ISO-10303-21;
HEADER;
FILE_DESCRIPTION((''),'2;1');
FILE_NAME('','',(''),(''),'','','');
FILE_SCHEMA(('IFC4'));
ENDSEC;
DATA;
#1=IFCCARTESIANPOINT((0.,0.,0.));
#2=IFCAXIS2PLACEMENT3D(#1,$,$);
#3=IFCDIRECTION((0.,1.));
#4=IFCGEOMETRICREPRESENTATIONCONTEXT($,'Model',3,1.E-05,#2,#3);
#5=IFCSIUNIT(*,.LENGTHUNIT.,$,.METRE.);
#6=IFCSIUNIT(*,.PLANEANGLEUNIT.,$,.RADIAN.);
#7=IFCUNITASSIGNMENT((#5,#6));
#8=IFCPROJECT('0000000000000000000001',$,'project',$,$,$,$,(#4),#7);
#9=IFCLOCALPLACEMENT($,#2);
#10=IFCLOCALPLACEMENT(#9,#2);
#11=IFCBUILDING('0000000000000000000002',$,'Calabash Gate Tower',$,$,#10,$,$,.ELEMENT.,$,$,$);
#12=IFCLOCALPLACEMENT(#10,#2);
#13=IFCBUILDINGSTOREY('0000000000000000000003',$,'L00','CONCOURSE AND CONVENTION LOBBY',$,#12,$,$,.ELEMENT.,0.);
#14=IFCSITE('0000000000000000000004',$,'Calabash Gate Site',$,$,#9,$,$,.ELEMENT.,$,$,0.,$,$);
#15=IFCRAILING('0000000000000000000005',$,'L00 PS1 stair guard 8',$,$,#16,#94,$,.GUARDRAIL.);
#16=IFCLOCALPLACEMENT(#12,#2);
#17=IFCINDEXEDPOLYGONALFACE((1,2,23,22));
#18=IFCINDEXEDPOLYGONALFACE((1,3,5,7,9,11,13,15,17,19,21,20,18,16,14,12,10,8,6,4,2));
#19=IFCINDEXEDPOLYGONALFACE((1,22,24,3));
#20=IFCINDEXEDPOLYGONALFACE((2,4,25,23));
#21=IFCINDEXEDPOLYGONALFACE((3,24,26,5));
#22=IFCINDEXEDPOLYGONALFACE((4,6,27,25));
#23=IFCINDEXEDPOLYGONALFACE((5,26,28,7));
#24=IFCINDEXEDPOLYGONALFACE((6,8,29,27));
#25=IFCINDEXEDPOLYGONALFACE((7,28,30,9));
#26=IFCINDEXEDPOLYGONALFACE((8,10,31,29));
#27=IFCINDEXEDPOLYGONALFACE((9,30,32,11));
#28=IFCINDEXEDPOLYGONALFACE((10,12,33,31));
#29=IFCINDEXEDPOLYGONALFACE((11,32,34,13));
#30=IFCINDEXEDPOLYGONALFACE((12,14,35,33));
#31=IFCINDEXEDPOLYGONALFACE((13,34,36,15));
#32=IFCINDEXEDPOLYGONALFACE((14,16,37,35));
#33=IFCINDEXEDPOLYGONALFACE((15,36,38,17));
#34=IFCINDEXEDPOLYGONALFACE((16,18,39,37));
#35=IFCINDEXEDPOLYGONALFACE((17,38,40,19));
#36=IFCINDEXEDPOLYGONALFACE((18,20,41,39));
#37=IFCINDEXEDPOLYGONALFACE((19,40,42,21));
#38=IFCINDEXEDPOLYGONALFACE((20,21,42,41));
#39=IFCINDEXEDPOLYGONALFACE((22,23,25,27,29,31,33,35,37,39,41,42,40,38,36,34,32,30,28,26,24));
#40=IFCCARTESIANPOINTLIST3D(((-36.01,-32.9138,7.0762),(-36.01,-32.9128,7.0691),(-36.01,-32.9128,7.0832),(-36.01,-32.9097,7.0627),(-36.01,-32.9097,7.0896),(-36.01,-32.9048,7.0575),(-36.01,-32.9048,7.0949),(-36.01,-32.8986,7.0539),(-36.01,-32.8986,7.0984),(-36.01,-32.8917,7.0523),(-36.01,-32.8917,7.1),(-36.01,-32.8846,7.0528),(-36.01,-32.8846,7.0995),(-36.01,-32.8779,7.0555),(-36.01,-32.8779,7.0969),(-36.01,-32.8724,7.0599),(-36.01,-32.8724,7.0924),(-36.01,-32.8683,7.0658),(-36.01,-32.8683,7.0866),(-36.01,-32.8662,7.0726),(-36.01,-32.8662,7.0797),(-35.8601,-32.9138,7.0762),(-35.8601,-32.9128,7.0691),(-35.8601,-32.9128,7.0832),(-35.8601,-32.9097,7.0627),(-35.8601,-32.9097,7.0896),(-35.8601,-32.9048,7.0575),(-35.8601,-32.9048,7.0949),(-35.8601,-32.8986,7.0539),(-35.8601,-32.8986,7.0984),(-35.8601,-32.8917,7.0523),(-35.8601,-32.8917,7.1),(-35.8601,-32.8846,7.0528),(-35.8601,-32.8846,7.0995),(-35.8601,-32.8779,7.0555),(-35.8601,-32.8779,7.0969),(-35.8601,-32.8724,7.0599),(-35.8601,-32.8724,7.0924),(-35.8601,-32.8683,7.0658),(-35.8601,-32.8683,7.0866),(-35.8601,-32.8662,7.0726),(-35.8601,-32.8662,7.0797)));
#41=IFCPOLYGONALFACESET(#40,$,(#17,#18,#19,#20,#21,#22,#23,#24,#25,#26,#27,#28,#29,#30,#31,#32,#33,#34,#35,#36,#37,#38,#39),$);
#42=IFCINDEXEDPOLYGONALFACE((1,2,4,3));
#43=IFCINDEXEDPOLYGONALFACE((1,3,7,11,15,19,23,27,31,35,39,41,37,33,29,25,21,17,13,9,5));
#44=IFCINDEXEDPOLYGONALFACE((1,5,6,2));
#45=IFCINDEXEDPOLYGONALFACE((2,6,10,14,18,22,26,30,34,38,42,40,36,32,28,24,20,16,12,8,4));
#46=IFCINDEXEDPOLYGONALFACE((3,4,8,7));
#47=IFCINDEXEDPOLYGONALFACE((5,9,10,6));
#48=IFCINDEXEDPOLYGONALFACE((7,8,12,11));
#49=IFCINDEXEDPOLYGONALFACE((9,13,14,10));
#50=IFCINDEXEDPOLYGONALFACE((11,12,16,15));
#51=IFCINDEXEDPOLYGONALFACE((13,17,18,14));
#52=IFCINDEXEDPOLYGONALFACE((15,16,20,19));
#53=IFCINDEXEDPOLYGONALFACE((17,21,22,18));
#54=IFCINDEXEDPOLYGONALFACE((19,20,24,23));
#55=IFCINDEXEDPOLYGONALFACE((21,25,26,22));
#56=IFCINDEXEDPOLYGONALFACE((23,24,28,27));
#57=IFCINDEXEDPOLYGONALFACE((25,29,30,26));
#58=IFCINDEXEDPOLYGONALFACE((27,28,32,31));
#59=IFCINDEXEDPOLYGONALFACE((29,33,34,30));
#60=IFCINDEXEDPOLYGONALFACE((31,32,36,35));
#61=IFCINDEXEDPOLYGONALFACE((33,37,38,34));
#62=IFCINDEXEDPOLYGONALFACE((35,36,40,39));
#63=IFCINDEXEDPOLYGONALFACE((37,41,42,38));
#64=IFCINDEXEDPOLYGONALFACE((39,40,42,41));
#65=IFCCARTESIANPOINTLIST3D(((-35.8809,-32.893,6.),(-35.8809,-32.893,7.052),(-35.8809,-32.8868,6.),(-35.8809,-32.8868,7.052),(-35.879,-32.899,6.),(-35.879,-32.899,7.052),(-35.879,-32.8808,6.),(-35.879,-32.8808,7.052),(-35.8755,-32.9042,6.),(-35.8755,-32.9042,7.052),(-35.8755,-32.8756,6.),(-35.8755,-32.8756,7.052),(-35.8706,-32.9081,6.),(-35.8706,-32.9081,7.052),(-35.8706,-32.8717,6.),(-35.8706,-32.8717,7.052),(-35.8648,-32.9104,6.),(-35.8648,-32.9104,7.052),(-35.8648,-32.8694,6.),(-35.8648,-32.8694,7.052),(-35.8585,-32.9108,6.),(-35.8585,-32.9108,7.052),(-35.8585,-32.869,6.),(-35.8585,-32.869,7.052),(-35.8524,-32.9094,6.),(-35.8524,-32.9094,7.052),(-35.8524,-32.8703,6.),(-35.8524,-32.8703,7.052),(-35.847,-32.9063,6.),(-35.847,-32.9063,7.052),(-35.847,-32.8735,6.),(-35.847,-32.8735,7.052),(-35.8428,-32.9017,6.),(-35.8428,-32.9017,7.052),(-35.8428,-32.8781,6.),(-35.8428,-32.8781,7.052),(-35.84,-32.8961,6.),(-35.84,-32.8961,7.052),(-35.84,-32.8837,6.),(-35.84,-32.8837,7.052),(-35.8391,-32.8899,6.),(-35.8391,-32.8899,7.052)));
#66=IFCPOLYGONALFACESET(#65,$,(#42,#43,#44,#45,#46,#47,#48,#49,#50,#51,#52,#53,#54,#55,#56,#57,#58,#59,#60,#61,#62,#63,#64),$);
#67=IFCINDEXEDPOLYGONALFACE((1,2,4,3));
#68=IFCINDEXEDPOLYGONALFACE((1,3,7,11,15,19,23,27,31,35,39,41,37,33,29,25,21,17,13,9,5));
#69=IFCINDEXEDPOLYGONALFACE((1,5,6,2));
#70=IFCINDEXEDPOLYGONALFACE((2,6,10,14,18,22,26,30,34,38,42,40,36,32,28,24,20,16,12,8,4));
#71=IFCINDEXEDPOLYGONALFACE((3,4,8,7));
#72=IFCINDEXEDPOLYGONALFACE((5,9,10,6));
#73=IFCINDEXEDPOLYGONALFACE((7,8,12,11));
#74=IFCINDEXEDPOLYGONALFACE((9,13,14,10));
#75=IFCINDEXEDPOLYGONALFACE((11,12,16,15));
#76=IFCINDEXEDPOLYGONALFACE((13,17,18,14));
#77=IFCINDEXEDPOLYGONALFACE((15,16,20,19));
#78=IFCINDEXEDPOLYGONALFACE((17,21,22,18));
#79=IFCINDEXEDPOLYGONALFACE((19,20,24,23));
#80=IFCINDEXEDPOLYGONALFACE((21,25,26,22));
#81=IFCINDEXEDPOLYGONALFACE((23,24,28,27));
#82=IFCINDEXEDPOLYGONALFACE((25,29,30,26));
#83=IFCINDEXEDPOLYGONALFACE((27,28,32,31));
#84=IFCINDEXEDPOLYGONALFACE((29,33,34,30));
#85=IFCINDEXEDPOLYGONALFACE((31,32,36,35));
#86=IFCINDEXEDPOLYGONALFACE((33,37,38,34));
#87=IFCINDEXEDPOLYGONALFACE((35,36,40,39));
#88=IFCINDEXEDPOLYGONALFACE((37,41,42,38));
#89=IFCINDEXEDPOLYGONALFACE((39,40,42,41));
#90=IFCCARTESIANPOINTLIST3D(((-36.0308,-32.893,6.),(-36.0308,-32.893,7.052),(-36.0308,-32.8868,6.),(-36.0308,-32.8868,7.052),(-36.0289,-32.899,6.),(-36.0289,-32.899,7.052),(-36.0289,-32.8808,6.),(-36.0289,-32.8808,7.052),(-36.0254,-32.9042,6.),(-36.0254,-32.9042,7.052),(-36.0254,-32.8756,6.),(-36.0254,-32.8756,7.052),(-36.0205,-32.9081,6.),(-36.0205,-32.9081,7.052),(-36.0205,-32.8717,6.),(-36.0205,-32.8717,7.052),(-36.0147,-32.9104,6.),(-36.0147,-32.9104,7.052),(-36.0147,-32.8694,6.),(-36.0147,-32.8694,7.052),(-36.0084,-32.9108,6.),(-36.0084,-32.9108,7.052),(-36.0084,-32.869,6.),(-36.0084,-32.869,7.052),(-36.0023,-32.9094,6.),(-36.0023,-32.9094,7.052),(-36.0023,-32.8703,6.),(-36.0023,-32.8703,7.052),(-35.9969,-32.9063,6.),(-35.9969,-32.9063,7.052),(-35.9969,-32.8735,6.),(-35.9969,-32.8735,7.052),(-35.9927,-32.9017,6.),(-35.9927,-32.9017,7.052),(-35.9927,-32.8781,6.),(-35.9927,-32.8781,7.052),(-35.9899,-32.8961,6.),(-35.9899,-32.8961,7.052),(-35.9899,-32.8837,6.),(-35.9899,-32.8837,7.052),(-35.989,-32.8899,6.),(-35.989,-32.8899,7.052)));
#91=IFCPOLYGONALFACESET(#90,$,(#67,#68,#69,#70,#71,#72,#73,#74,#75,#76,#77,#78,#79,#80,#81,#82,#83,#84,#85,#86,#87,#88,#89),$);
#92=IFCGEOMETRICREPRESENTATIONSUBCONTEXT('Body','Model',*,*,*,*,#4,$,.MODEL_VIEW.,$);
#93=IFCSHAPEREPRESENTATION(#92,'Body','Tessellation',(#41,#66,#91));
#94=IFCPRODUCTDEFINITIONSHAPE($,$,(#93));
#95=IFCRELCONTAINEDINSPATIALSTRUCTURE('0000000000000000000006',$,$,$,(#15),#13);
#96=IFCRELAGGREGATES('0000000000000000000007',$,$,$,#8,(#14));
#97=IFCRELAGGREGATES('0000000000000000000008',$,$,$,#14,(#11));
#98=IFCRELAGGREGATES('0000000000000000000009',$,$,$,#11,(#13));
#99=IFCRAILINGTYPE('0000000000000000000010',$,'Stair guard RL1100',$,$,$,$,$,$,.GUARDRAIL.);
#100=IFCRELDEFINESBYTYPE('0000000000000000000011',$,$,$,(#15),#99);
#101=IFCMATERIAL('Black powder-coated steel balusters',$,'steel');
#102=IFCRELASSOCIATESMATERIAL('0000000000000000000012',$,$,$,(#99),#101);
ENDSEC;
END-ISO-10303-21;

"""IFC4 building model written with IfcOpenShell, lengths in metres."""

from ifc_helpers import new_model, si_unit, direction, frame, origin, origin_2d, place, context, subcontext, project, spatial, circle, extrude, material, type_object, element, save


model = new_model("IFC4")

# Units and contexts
model_context = context("Model", 3, precision=1e-05, world=origin(), true_north=direction((0.0, 1.0)))
body_context = subcontext(model_context, "Body", "Model", "MODEL_VIEW")
ifc_project = project(units=[si_unit("LENGTHUNIT", "METRE"), si_unit("PLANEANGLEUNIT", "RADIAN")], contexts=[model_context])

# Site, building, storey
site_placement = place(None, origin())
site = spatial("IfcSite", under=ifc_project, at=site_placement, Name="Calabash Gate Site", CompositionType="ELEMENT", RefElevation=0.0)
building_placement = place(site_placement, origin())
building = spatial("IfcBuilding", under=site, at=building_placement, Name="Calabash Gate Tower", CompositionType="ELEMENT")
storey_placement = place(building_placement, origin())
storey = spatial("IfcBuildingStorey", under=building, at=storey_placement, Name="L00", Description="CONCOURSE AND CONVENTION LOBBY", CompositionType="ELEMENT", Elevation=0.0)

# Railing
ifc_material_1 = material(Name="Black powder-coated steel balusters", Category="steel")
railing_type_1 = type_object("IfcRailingType", Name="Stair guard RL1100", PredefinedType="GUARDRAIL", material=ifc_material_1)
railing_1_placement = place(storey_placement, frame((-35.8601, -32.8899, 6.0)))
element("IfcRailing", 1, at=railing_1_placement, inside=storey, type_object=railing_type_1, Name="L00 PS1 stair guard 8", PredefinedType="GUARDRAIL", context=body_context, shape_type="SweptSolid", body=[
    extrude(circle(Radius=0.0239, at=origin_2d()), frame((0.0, 0.0, 1.0762), z_axis=(-1.0, 0.0, 0.0), x_axis=(0.0, -1.0, 0.0)), (0.0, 0.0, 1.0), 0.1499),
    extrude(circle(Radius=0.021, at=origin_2d()), origin(), (0.0, 0.0, 1.0), 1.052),
    extrude(circle(Radius=0.021, at=origin_2d()), frame((-0.1499, 0.0, 0.0)), (0.0, 0.0, 1.0), 1.052),
])

save(model, "model.ifc")
